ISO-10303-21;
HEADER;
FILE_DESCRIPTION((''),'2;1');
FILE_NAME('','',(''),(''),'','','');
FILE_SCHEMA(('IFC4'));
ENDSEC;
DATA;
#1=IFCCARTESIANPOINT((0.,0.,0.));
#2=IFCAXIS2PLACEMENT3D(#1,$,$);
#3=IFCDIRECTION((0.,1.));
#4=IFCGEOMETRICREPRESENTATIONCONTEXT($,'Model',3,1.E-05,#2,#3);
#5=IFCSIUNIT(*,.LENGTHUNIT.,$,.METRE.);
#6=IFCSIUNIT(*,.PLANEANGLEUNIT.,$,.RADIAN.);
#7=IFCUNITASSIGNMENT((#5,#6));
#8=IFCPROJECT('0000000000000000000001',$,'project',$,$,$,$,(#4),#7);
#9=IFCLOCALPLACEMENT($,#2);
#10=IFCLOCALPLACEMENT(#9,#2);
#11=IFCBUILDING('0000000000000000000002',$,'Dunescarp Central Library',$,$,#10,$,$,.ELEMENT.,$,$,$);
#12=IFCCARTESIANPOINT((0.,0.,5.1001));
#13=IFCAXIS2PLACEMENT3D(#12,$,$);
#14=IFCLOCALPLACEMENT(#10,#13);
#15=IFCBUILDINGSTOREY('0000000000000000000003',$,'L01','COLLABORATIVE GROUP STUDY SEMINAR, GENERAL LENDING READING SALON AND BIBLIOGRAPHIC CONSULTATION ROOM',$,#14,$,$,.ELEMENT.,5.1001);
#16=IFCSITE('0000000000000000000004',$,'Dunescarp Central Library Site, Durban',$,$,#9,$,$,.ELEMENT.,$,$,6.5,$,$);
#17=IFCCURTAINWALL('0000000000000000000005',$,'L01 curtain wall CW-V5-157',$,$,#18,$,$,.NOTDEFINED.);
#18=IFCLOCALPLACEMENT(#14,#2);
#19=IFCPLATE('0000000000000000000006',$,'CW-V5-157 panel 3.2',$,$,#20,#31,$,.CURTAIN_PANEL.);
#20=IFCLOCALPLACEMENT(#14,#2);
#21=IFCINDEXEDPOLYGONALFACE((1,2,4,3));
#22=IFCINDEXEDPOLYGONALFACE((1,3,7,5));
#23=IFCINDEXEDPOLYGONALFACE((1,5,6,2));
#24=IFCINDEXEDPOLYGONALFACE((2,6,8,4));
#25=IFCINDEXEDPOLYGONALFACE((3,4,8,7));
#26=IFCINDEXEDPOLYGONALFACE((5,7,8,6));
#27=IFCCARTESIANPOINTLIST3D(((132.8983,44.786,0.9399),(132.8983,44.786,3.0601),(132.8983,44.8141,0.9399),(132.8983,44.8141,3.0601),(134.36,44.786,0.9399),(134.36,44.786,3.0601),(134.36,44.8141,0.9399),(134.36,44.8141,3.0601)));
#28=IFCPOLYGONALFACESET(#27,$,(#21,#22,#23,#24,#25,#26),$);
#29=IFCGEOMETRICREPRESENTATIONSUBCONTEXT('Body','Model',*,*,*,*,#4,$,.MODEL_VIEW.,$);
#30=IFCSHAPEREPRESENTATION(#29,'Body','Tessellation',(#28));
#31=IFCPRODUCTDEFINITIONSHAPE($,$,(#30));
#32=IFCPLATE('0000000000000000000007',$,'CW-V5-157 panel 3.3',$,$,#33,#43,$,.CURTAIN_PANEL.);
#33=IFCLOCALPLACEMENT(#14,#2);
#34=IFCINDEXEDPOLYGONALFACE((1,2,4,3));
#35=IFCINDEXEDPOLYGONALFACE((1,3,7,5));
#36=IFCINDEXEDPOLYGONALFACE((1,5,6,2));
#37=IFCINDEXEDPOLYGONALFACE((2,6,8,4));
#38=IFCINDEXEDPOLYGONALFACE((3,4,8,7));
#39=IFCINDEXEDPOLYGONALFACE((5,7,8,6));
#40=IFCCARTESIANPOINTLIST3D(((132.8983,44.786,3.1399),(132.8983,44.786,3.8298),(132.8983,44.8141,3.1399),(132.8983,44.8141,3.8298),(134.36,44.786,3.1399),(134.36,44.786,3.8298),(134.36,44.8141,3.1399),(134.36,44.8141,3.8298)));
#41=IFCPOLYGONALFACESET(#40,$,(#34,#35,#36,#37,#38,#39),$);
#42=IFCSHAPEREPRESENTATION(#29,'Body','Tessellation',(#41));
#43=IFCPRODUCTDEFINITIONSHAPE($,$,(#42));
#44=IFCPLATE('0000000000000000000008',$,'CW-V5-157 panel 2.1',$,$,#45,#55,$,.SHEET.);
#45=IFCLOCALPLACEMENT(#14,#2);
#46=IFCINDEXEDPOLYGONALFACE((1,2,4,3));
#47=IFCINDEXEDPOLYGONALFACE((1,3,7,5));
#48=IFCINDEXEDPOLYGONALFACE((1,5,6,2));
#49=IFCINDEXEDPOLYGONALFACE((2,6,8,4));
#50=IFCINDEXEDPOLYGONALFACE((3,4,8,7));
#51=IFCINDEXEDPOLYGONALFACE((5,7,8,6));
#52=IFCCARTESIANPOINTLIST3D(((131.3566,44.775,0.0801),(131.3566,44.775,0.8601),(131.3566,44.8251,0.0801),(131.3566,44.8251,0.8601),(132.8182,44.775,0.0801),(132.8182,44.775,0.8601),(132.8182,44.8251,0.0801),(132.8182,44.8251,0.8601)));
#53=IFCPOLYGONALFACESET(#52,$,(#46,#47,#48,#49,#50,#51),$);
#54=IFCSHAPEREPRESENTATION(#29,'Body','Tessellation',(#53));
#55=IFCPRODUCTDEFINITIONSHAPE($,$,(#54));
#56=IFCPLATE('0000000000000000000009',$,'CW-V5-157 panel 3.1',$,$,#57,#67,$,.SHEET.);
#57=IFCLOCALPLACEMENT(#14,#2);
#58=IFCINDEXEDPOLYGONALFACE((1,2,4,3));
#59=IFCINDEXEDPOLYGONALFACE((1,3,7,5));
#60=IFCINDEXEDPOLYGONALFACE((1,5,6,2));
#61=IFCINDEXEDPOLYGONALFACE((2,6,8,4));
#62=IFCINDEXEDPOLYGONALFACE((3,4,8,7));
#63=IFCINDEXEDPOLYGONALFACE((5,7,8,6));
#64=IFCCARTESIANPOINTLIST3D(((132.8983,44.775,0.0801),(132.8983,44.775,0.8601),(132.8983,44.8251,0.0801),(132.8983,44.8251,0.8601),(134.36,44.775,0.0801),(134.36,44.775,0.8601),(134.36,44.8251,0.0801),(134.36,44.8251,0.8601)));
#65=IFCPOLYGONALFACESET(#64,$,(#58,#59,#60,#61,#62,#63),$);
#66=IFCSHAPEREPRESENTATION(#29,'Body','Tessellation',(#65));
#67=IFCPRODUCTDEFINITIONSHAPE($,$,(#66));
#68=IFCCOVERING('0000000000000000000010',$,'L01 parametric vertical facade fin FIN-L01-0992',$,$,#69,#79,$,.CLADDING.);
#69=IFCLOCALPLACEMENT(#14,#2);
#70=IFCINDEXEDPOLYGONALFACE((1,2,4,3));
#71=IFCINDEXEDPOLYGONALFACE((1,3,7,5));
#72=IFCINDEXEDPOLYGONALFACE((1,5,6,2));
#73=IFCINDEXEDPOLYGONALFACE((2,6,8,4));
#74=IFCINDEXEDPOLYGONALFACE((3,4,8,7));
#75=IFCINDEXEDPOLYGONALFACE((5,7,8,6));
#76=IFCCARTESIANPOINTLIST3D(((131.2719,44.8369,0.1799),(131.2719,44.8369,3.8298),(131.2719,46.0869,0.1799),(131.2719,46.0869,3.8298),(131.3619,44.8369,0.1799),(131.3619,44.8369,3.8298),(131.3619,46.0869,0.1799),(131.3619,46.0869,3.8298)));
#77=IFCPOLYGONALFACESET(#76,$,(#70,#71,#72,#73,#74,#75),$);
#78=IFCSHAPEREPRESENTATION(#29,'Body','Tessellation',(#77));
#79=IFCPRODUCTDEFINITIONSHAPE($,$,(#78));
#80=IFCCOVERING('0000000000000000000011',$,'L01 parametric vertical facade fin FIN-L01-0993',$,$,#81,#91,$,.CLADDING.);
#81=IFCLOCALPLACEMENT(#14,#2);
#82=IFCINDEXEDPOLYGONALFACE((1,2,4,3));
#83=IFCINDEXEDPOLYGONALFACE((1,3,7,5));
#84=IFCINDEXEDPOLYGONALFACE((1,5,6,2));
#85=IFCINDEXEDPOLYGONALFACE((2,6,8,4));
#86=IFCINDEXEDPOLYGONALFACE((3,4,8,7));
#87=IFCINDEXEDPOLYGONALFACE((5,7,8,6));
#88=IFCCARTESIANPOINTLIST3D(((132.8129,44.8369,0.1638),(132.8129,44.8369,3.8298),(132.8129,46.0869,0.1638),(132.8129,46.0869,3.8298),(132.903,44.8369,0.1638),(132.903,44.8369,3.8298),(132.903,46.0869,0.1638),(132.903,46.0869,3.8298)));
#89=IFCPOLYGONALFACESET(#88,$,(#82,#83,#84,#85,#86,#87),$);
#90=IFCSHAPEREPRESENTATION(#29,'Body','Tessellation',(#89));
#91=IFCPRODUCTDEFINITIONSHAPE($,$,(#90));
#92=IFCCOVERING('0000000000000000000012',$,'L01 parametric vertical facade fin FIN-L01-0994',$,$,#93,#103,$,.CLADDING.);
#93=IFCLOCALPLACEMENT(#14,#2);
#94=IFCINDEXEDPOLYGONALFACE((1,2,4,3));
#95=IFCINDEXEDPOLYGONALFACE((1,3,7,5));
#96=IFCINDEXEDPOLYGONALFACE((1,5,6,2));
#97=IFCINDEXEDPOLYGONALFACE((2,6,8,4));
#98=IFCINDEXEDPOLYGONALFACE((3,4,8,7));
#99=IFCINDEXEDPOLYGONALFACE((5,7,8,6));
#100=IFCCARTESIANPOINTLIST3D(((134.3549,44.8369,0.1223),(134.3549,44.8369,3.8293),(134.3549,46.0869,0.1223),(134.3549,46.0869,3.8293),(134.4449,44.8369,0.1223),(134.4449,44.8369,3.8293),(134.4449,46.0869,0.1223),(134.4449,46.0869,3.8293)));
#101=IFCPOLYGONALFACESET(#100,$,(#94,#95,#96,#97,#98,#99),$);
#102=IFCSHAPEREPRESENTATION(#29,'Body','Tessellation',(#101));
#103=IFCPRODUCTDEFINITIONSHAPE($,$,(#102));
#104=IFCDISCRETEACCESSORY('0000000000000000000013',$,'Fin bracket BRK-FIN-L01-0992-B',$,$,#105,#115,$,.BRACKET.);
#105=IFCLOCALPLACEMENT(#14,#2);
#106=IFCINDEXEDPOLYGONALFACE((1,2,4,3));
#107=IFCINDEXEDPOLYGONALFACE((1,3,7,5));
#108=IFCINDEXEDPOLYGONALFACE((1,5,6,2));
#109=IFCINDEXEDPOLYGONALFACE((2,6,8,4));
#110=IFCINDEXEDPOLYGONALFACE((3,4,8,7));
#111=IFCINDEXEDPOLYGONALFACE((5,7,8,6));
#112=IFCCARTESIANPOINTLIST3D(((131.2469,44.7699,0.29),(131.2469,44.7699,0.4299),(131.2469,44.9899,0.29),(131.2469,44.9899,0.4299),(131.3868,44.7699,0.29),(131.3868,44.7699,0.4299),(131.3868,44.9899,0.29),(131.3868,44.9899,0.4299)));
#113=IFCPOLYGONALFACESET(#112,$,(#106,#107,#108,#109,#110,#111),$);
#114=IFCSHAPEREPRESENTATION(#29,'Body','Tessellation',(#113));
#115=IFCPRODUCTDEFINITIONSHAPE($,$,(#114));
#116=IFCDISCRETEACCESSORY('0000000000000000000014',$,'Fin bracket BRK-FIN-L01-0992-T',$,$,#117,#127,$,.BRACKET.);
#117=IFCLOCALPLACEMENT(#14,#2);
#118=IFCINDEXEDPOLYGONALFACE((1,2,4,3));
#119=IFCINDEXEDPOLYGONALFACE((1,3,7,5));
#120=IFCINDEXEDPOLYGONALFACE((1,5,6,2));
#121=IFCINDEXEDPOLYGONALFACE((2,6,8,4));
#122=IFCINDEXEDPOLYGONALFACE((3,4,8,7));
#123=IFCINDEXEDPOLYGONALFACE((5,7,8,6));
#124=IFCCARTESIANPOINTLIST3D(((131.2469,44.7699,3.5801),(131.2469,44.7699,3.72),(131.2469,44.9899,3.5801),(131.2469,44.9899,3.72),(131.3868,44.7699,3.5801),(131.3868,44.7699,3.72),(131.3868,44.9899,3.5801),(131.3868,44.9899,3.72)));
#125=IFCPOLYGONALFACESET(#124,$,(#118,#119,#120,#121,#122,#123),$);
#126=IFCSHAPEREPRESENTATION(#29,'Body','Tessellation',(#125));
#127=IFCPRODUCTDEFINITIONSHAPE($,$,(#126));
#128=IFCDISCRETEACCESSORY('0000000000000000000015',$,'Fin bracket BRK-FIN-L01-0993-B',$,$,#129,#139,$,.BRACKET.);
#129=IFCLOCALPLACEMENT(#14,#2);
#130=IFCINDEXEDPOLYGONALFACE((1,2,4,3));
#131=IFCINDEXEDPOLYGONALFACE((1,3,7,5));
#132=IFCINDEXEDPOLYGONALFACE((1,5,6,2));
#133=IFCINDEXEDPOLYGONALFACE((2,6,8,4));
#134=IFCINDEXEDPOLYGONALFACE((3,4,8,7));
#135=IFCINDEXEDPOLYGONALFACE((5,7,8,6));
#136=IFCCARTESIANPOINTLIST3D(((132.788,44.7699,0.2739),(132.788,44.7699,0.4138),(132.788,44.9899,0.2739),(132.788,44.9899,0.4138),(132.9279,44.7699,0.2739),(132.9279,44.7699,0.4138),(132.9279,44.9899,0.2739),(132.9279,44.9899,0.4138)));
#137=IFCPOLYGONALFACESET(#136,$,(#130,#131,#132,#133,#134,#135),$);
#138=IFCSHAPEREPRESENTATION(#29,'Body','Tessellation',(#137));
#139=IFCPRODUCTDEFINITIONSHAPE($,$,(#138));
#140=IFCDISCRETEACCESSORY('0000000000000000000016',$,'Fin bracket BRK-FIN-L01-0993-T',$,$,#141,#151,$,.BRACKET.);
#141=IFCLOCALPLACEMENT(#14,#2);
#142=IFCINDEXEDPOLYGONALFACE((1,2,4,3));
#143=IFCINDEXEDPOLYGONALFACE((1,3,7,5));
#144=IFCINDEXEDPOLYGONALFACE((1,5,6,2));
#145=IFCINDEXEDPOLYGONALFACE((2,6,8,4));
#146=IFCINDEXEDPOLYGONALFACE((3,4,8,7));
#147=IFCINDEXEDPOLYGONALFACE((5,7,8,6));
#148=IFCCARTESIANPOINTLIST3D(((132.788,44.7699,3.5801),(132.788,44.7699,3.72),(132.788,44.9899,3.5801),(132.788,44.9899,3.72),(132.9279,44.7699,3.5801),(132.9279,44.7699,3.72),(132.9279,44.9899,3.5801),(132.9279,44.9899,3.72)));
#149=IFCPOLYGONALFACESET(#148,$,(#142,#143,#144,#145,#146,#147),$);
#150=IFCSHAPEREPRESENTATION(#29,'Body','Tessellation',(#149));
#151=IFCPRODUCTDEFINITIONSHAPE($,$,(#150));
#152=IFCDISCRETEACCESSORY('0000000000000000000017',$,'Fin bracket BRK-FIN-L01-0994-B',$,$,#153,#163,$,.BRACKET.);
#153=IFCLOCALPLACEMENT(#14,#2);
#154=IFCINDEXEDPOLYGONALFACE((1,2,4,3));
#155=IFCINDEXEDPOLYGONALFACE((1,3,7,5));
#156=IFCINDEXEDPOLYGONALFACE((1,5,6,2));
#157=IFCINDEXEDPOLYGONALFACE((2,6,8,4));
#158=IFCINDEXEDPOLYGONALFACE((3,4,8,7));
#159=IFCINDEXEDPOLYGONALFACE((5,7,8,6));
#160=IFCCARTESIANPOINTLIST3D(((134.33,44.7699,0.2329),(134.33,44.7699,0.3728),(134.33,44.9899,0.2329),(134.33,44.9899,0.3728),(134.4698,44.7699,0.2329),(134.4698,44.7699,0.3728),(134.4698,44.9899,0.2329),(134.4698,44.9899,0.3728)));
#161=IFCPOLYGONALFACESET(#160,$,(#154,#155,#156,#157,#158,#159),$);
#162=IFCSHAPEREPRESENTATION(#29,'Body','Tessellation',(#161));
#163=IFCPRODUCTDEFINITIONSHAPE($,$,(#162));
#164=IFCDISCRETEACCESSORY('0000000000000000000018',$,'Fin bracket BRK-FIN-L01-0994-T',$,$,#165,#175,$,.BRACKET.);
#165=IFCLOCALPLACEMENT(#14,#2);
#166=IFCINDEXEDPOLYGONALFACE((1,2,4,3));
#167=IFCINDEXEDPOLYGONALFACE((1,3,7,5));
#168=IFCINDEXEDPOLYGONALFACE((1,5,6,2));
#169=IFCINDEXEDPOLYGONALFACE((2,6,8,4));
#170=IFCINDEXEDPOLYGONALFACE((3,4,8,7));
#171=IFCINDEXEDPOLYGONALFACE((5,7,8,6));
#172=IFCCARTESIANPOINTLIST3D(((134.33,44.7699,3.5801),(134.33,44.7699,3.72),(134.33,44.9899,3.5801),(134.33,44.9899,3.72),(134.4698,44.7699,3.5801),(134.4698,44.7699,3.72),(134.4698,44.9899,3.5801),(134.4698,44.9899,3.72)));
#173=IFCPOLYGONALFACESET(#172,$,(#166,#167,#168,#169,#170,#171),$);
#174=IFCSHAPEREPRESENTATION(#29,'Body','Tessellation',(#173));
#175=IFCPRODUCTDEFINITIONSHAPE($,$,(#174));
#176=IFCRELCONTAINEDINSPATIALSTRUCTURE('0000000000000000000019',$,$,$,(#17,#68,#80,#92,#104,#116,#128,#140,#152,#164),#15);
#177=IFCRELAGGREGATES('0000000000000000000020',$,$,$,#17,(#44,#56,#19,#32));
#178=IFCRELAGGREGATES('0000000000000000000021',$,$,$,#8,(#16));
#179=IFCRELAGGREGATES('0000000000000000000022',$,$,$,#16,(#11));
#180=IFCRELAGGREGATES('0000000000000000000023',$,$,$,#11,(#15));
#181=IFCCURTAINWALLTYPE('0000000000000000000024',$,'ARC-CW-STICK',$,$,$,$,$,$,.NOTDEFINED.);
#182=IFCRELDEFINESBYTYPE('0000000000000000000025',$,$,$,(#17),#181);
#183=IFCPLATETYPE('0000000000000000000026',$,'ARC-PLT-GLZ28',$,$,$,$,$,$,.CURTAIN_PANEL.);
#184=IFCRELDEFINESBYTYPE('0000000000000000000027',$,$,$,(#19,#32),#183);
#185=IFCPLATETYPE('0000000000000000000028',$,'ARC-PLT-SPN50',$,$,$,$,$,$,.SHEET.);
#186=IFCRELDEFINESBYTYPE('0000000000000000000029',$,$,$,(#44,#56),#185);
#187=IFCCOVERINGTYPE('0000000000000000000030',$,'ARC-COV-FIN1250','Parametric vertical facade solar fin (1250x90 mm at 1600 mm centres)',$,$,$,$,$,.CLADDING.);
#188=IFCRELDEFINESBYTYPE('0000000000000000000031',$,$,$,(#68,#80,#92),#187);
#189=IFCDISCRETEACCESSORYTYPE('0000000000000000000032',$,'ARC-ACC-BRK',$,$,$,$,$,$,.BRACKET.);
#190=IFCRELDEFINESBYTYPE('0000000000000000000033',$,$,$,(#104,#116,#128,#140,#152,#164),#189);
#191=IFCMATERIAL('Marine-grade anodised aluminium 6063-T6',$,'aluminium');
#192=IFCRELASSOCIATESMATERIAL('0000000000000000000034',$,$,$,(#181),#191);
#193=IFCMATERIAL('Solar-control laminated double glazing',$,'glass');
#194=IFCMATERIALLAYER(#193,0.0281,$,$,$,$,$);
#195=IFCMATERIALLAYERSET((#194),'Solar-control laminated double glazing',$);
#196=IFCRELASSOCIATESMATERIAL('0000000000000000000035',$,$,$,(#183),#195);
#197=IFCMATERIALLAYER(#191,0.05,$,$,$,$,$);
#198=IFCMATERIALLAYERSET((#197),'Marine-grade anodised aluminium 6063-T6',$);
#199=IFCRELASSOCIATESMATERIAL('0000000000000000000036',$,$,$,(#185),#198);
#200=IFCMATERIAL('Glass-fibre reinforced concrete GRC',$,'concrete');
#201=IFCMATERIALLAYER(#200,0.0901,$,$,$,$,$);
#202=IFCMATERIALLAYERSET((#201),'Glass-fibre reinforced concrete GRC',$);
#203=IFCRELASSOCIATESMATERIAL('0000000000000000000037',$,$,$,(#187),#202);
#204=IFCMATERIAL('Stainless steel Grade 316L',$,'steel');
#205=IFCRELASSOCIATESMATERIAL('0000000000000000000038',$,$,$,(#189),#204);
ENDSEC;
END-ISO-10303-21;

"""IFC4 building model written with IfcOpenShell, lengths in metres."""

from ifc_helpers import new_model, si_unit, direction, frame, origin, origin_2d, place, context, subcontext, project, spatial, rectangle, extrude, material, layer, layer_set, type_object, element, aggregate, save


model = new_model("IFC4")

# Units and contexts
model_context = context("Model", 3, precision=1e-05, world=origin(), true_north=direction((0.0, 1.0)))
body_context = subcontext(model_context, "Body", "Model", "MODEL_VIEW")
ifc_project = project(units=[si_unit("LENGTHUNIT", "METRE"), si_unit("PLANEANGLEUNIT", "RADIAN")], contexts=[model_context])

# Site, building, storey
site_placement = place(None, origin())
site = spatial("IfcSite", under=ifc_project, at=site_placement, Name="Dunescarp Central Library Site, Durban", CompositionType="ELEMENT", RefElevation=6.5)
building_placement = place(site_placement, origin())
building = spatial("IfcBuilding", under=site, at=building_placement, Name="Dunescarp Central Library", CompositionType="ELEMENT")
storey_placement = place(building_placement, frame((0.0, 0.0, 5.1001)))
storey = spatial("IfcBuildingStorey", under=building, at=storey_placement, Name="L01", Description="COLLABORATIVE GROUP STUDY SEMINAR, GENERAL LENDING READING SALON AND BIBLIOGRAPHIC CONSULTATION ROOM", CompositionType="ELEMENT", Elevation=5.1001)

# Curtain wall, plates
ifc_material_1 = material(Name="Marine-grade anodised aluminium 6063-T6", Category="aluminium")
curtain_wall_type = type_object("IfcCurtainWallType", Name="ARC-CW-STICK", PredefinedType="NOTDEFINED", material=ifc_material_1)
curtain_wall_placement = place(storey_placement, origin())
curtain_wall = element("IfcCurtainWall", 1, at=curtain_wall_placement, inside=storey, type_object=curtain_wall_type, Name="L01 curtain wall CW-V5-157", PredefinedType="NOTDEFINED")
ifc_material_2 = material(Name="Solar-control laminated double glazing", Category="glass")
ifc_layer_1 = layer(ifc_material_2, 0.0281)
ifc_layer_set_1 = layer_set([ifc_layer_1], Name="Solar-control laminated double glazing")
plate_type_1 = type_object("IfcPlateType", Name="ARC-PLT-GLZ28", PredefinedType="CURTAIN_PANEL", material=ifc_layer_set_1)
plate_1_placement = place(storey_placement, frame((133.6292, 44.8, 0.9399), z_axis=(0.0, 0.0, 1.0), x_axis=(1.0, 0.0, 0.0)))
plate_1 = element("IfcPlate", 2, at=plate_1_placement, type_object=plate_type_1, Name="CW-V5-157 panel 3.2", PredefinedType="CURTAIN_PANEL", context=body_context, shape_type="SweptSolid", body=[
    extrude(rectangle(XDim=1.4617, YDim=0.0281, at=origin_2d()), origin(), (0.0, 0.0, 1.0), 2.1201),
])
plate_2_placement = place(storey_placement, frame((133.6292, 44.8, 3.1399), z_axis=(0.0, 0.0, 1.0), x_axis=(1.0, 0.0, 0.0)))
plate_2 = element("IfcPlate", 3, at=plate_2_placement, type_object=plate_type_1, Name="CW-V5-157 panel 3.3", PredefinedType="CURTAIN_PANEL", context=body_context, shape_type="SweptSolid", body=[
    extrude(rectangle(XDim=1.4617, YDim=0.0281, at=origin_2d()), origin(), (0.0, 0.0, 1.0), 0.6899),
])
ifc_layer_2 = layer(ifc_material_1, 0.05)
ifc_layer_set_2 = layer_set([ifc_layer_2], Name="Marine-grade anodised aluminium 6063-T6")
plate_type_2 = type_object("IfcPlateType", Name="ARC-PLT-SPN50", PredefinedType="SHEET", material=ifc_layer_set_2)
plate_3_placement = place(storey_placement, frame((132.0874, 44.8, 0.0801), z_axis=(0.0, 0.0, 1.0), x_axis=(1.0, 0.0, 0.0)))
plate_3 = element("IfcPlate", 4, at=plate_3_placement, type_object=plate_type_2, Name="CW-V5-157 panel 2.1", PredefinedType="SHEET", context=body_context, shape_type="SweptSolid", body=[
    extrude(rectangle(XDim=1.4617, YDim=0.05, at=origin_2d()), origin(), (0.0, 0.0, 1.0), 0.78),
])
plate_4_placement = place(storey_placement, frame((133.6292, 44.8, 0.0801), z_axis=(0.0, 0.0, 1.0), x_axis=(1.0, 0.0, 0.0)))
plate_4 = element("IfcPlate", 5, at=plate_4_placement, type_object=plate_type_2, Name="CW-V5-157 panel 3.1", PredefinedType="SHEET", context=body_context, shape_type="SweptSolid", body=[
    extrude(rectangle(XDim=1.4617, YDim=0.05, at=origin_2d()), origin(), (0.0, 0.0, 1.0), 0.78),
])
aggregate(curtain_wall, [plate_3, plate_4, plate_1, plate_2])

# Coverings
ifc_material_3 = material(Name="Glass-fibre reinforced concrete GRC", Category="concrete")
ifc_layer_3 = layer(ifc_material_3, 0.0901)
ifc_layer_set_3 = layer_set([ifc_layer_3], Name="Glass-fibre reinforced concrete GRC")
covering_type = type_object("IfcCoveringType", Name="ARC-COV-FIN1250", Description="Parametric vertical facade solar fin (1250x90 mm at 1600 mm centres)", PredefinedType="CLADDING", material=ifc_layer_set_3)
covering_1_placement = place(storey_placement, frame((131.3169, 45.4619, 0.1799), z_axis=(0.0, 0.0, 1.0), x_axis=(0.0, 1.0, 0.0)))
element("IfcCovering", 6, at=covering_1_placement, inside=storey, type_object=covering_type, Name="L01 parametric vertical facade fin FIN-L01-0992", PredefinedType="CLADDING", context=body_context, shape_type="SweptSolid", body=[
    extrude(rectangle(XDim=1.25, YDim=0.0901, at=origin_2d()), origin(), (0.0, 0.0, 1.0), 3.6499),
])
covering_2_placement = place(storey_placement, frame((132.8579, 45.4619, 0.1638), z_axis=(0.0, 0.0, 1.0), x_axis=(0.0, 1.0, 0.0)))
element("IfcCovering", 7, at=covering_2_placement, inside=storey, type_object=covering_type, Name="L01 parametric vertical facade fin FIN-L01-0993", PredefinedType="CLADDING", context=body_context, shape_type="SweptSolid", body=[
    extrude(rectangle(XDim=1.25, YDim=0.0901, at=origin_2d()), origin(), (0.0, 0.0, 1.0), 3.666),
])
covering_3_placement = place(storey_placement, frame((134.3999, 45.4619, 0.1223), z_axis=(0.0, 0.0, 1.0), x_axis=(0.0, 1.0, 0.0)))
element("IfcCovering", 8, at=covering_3_placement, inside=storey, type_object=covering_type, Name="L01 parametric vertical facade fin FIN-L01-0994", PredefinedType="CLADDING", context=body_context, shape_type="SweptSolid", body=[
    extrude(rectangle(XDim=1.25, YDim=0.0901, at=origin_2d()), origin(), (0.0, 0.0, 1.0), 3.707),
])

# Discrete accessories
ifc_material_4 = material(Name="Stainless steel Grade 316L", Category="steel")
discrete_accessory_type = type_object("IfcDiscreteAccessoryType", Name="ARC-ACC-BRK", PredefinedType="BRACKET", material=ifc_material_4)
for number, where, z_axis, x_axis, name in (
    (9, (131.3169, 44.8799, 0.29), (0.0, 0.0, 1.0), (0.0, 1.0, 0.0), "Fin bracket BRK-FIN-L01-0992-B"),
    (10, (131.3169, 44.8799, 3.5801), (0.0, 0.0, 1.0), (0.0, 1.0, 0.0), "Fin bracket BRK-FIN-L01-0992-T"),
    (11, (132.8579, 44.8799, 0.2739), (0.0, 0.0, 1.0), (0.0, 1.0, 0.0), "Fin bracket BRK-FIN-L01-0993-B"),
    (12, (132.8579, 44.8799, 3.5801), (0.0, 0.0, 1.0), (0.0, 1.0, 0.0), "Fin bracket BRK-FIN-L01-0993-T"),
    (13, (134.3999, 44.8799, 0.2329), (0.0, 0.0, 1.0), (0.0, 1.0, 0.0), "Fin bracket BRK-FIN-L01-0994-B"),
    (14, (134.3999, 44.8799, 3.5801), (0.0, 0.0, 1.0), (0.0, 1.0, 0.0), "Fin bracket BRK-FIN-L01-0994-T"),
):
    element("IfcDiscreteAccessory", number, at=place(storey_placement, frame(where, z_axis=z_axis, x_axis=x_axis)), inside=storey, type_object=discrete_accessory_type, Name=name, PredefinedType="BRACKET", context=body_context, shape_type="SweptSolid", body=[
        extrude(rectangle(XDim=0.22, YDim=0.1399, at=origin_2d()), origin(), (0.0, 0.0, 1.0), 0.1399),
    ])

save(model, "model.ifc")
